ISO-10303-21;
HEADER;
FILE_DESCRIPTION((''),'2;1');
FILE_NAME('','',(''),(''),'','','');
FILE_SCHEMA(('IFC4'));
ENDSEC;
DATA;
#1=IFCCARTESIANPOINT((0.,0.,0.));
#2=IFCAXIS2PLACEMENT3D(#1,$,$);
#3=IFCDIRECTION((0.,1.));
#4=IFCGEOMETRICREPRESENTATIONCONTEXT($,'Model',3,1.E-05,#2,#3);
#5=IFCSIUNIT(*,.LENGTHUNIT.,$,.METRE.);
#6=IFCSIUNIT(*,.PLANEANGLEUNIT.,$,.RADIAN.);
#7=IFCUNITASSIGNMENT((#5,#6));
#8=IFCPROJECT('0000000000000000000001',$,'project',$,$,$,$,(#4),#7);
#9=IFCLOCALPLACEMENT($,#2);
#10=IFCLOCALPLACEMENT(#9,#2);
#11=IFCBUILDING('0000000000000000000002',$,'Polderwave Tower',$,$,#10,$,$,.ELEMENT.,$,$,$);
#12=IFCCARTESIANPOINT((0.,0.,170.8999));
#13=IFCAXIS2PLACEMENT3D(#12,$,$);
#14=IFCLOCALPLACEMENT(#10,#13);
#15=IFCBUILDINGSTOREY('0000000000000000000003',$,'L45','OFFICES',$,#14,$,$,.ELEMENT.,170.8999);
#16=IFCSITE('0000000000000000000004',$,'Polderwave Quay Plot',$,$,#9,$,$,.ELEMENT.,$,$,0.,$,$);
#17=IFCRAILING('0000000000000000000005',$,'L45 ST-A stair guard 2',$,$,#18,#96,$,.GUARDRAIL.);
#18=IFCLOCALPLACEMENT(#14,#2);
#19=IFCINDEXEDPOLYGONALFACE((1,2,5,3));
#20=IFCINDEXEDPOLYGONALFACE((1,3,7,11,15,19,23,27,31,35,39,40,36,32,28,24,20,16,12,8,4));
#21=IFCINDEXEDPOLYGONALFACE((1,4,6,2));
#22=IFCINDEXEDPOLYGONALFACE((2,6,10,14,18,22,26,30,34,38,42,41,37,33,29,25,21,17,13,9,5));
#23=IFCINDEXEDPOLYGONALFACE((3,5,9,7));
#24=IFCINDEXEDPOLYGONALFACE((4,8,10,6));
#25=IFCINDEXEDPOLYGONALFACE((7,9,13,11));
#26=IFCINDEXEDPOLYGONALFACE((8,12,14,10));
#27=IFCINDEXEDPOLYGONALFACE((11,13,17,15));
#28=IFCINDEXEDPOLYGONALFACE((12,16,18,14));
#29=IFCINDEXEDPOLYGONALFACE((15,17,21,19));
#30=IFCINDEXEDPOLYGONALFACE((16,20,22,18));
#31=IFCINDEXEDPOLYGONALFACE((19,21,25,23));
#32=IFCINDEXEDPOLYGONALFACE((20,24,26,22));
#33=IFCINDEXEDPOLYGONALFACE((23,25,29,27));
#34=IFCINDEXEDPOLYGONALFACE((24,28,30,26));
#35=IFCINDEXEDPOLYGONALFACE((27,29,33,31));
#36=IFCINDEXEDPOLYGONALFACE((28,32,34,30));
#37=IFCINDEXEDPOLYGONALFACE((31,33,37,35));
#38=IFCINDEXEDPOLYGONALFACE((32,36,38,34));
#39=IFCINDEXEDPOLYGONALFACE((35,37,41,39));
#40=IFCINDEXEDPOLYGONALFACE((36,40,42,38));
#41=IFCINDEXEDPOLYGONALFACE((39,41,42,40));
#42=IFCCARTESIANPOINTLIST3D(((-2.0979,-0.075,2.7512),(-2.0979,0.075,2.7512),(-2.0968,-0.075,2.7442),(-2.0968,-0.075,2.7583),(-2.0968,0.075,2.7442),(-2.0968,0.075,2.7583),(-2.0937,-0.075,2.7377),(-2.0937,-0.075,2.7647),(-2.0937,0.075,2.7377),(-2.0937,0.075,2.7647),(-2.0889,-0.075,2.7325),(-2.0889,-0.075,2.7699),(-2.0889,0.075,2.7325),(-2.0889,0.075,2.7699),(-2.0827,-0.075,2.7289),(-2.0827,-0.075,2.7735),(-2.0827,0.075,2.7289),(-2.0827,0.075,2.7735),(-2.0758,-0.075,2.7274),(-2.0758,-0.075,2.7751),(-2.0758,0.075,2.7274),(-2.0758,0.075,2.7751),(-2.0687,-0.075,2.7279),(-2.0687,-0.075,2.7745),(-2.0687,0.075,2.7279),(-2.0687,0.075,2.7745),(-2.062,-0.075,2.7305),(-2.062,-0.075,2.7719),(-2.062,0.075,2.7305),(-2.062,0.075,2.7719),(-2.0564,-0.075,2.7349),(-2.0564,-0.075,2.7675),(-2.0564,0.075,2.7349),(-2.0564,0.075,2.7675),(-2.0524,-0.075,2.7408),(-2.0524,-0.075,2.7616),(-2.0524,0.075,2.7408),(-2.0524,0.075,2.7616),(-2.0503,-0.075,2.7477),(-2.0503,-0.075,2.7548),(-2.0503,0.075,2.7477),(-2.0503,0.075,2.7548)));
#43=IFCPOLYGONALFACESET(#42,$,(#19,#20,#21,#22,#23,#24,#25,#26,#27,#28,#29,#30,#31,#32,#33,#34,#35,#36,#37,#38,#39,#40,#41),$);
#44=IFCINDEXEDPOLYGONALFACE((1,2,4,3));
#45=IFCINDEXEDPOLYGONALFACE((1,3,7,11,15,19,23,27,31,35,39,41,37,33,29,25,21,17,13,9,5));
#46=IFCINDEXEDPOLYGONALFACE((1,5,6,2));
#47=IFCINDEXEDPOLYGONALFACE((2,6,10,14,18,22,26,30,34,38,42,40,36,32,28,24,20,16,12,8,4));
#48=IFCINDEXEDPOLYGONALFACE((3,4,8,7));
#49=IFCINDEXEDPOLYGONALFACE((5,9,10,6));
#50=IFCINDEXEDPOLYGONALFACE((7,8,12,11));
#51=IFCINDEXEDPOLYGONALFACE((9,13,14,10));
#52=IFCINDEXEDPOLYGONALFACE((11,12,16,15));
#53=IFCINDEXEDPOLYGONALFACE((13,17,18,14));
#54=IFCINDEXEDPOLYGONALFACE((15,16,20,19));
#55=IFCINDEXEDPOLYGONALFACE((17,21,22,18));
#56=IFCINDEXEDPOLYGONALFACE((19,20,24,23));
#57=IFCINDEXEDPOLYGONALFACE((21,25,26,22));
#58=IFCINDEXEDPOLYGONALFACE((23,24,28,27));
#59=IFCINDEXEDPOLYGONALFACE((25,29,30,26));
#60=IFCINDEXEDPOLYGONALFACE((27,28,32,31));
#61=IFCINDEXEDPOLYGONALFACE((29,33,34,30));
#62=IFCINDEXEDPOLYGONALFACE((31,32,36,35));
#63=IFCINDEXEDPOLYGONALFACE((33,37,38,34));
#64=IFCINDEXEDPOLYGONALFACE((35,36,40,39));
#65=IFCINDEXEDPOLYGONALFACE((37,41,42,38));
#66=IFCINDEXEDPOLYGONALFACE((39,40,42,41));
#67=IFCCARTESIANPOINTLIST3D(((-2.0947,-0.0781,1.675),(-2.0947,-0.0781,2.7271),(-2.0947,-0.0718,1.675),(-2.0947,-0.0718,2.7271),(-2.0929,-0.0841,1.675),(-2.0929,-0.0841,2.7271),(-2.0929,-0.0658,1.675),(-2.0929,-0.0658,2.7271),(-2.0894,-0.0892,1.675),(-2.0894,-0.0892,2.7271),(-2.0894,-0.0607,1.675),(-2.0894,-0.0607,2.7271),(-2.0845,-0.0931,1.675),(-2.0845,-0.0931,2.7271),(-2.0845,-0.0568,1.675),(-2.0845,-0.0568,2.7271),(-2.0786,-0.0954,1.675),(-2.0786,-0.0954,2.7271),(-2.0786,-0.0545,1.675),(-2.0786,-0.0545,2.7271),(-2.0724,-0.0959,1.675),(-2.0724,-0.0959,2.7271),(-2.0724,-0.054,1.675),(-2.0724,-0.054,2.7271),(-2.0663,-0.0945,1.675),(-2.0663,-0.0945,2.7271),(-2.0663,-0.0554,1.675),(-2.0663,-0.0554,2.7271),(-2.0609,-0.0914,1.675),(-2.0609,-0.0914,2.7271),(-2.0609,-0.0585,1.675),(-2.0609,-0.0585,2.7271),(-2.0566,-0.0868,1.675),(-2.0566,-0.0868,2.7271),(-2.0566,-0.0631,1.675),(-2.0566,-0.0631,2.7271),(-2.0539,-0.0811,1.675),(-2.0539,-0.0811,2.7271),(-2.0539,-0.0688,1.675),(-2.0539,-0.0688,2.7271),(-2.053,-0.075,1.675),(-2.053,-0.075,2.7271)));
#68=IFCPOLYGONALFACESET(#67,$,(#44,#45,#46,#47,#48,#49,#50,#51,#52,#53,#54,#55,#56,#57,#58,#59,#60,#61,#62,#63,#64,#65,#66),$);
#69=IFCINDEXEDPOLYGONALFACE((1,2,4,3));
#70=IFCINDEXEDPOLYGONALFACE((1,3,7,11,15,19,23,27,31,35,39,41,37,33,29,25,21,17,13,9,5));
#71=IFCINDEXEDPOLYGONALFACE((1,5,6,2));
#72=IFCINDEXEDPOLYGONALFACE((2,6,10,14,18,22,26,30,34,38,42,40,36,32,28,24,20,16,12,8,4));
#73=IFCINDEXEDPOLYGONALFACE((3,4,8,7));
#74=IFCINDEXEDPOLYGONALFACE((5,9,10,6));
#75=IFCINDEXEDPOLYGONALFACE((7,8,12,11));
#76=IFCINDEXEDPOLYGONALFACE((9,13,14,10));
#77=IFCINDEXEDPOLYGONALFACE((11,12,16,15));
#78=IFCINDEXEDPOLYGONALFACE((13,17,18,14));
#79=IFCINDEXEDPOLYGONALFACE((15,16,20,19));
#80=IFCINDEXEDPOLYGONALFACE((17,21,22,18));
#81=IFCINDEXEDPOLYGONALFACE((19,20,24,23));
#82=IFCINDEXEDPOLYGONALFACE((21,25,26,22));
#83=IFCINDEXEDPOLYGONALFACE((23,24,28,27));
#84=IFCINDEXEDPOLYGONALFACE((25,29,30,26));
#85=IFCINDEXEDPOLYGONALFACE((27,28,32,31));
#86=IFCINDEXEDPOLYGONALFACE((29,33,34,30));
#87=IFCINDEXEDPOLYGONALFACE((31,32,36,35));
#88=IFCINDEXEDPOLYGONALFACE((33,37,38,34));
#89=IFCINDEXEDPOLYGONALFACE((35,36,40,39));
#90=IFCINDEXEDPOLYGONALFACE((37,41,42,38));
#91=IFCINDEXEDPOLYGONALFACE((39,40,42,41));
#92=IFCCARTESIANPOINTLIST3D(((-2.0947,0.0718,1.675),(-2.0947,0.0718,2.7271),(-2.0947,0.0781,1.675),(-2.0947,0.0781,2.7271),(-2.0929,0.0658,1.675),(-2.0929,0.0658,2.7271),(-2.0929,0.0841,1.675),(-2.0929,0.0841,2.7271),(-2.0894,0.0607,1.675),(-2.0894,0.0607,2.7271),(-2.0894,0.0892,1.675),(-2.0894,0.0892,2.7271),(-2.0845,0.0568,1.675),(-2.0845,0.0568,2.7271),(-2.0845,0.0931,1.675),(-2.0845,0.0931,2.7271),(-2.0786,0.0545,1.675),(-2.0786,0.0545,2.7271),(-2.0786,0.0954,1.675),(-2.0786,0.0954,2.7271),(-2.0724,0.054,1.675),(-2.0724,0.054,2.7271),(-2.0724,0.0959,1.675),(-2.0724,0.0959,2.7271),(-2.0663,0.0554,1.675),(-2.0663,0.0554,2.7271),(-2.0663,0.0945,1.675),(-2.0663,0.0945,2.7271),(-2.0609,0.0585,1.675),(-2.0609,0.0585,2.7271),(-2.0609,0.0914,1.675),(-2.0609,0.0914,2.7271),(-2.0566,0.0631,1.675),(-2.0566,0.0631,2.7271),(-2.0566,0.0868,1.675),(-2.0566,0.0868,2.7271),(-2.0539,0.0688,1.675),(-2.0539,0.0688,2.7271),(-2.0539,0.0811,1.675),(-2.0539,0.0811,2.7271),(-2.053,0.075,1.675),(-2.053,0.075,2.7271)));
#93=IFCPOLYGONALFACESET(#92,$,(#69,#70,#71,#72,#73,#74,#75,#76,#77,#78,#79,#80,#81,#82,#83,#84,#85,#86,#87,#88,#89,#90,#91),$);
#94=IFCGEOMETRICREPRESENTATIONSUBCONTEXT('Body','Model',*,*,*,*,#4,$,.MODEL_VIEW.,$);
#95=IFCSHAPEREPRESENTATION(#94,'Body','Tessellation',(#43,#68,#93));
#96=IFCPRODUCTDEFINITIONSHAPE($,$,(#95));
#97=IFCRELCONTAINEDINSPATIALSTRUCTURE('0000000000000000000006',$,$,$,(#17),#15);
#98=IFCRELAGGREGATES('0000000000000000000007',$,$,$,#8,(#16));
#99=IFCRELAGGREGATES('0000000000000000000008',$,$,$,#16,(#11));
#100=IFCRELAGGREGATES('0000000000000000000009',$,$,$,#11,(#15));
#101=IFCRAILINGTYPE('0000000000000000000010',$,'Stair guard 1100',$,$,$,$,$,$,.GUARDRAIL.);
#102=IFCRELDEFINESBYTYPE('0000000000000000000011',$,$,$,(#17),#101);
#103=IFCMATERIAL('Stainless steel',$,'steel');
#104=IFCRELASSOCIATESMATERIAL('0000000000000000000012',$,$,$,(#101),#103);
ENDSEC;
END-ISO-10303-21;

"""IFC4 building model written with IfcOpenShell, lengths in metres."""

from ifc_helpers import new_model, si_unit, direction, frame, origin, origin_2d, place, context, subcontext, project, spatial, circle, extrude, material, type_object, element, save


model = new_model("IFC4")

# Units and contexts
model_context = context("Model", 3, precision=1e-05, world=origin(), true_north=direction((0.0, 1.0)))
body_context = subcontext(model_context, "Body", "Model", "MODEL_VIEW")
ifc_project = project(units=[si_unit("LENGTHUNIT", "METRE"), si_unit("PLANEANGLEUNIT", "RADIAN")], contexts=[model_context])

# Site, building, storey
site_placement = place(None, origin())
site = spatial("IfcSite", under=ifc_project, at=site_placement, Name="Polderwave Quay Plot", CompositionType="ELEMENT", RefElevation=0.0)
building_placement = place(site_placement, origin())
building = spatial("IfcBuilding", under=site, at=building_placement, Name="Polderwave Tower", CompositionType="ELEMENT")
storey_placement = place(building_placement, frame((0.0, 0.0, 170.8999)))
storey = spatial("IfcBuildingStorey", under=building, at=storey_placement, Name="L45", Description="OFFICES", CompositionType="ELEMENT", Elevation=170.8999)

# Railing
ifc_material_1 = material(Name="Stainless steel", Category="steel")
railing_type = type_object("IfcRailingType", Name="Stair guard 1100", PredefinedType="GUARDRAIL", material=ifc_material_1)
railing_1_placement = place(storey_placement, frame((-2.074, -0.075, 1.675)))
element("IfcRailing", 1, at=railing_1_placement, inside=storey, type_object=railing_type, Name="L45 ST-A stair guard 2", PredefinedType="GUARDRAIL", context=body_context, shape_type="SweptSolid", body=[
    extrude(circle(Radius=0.0239, at=origin_2d()), frame((0.0, 0.0, 1.0762), z_axis=(0.0, 1.0, 0.0), x_axis=(-1.0, 0.0, 0.0)), (0.0, 0.0, 1.0), 0.1499),
    extrude(circle(Radius=0.021, at=origin_2d()), origin(), (0.0, 0.0, 1.0), 1.052),
    extrude(circle(Radius=0.021, at=origin_2d()), frame((0.0, 0.1499, 0.0)), (0.0, 0.0, 1.0), 1.052),
])

save(model, "model.ifc")
